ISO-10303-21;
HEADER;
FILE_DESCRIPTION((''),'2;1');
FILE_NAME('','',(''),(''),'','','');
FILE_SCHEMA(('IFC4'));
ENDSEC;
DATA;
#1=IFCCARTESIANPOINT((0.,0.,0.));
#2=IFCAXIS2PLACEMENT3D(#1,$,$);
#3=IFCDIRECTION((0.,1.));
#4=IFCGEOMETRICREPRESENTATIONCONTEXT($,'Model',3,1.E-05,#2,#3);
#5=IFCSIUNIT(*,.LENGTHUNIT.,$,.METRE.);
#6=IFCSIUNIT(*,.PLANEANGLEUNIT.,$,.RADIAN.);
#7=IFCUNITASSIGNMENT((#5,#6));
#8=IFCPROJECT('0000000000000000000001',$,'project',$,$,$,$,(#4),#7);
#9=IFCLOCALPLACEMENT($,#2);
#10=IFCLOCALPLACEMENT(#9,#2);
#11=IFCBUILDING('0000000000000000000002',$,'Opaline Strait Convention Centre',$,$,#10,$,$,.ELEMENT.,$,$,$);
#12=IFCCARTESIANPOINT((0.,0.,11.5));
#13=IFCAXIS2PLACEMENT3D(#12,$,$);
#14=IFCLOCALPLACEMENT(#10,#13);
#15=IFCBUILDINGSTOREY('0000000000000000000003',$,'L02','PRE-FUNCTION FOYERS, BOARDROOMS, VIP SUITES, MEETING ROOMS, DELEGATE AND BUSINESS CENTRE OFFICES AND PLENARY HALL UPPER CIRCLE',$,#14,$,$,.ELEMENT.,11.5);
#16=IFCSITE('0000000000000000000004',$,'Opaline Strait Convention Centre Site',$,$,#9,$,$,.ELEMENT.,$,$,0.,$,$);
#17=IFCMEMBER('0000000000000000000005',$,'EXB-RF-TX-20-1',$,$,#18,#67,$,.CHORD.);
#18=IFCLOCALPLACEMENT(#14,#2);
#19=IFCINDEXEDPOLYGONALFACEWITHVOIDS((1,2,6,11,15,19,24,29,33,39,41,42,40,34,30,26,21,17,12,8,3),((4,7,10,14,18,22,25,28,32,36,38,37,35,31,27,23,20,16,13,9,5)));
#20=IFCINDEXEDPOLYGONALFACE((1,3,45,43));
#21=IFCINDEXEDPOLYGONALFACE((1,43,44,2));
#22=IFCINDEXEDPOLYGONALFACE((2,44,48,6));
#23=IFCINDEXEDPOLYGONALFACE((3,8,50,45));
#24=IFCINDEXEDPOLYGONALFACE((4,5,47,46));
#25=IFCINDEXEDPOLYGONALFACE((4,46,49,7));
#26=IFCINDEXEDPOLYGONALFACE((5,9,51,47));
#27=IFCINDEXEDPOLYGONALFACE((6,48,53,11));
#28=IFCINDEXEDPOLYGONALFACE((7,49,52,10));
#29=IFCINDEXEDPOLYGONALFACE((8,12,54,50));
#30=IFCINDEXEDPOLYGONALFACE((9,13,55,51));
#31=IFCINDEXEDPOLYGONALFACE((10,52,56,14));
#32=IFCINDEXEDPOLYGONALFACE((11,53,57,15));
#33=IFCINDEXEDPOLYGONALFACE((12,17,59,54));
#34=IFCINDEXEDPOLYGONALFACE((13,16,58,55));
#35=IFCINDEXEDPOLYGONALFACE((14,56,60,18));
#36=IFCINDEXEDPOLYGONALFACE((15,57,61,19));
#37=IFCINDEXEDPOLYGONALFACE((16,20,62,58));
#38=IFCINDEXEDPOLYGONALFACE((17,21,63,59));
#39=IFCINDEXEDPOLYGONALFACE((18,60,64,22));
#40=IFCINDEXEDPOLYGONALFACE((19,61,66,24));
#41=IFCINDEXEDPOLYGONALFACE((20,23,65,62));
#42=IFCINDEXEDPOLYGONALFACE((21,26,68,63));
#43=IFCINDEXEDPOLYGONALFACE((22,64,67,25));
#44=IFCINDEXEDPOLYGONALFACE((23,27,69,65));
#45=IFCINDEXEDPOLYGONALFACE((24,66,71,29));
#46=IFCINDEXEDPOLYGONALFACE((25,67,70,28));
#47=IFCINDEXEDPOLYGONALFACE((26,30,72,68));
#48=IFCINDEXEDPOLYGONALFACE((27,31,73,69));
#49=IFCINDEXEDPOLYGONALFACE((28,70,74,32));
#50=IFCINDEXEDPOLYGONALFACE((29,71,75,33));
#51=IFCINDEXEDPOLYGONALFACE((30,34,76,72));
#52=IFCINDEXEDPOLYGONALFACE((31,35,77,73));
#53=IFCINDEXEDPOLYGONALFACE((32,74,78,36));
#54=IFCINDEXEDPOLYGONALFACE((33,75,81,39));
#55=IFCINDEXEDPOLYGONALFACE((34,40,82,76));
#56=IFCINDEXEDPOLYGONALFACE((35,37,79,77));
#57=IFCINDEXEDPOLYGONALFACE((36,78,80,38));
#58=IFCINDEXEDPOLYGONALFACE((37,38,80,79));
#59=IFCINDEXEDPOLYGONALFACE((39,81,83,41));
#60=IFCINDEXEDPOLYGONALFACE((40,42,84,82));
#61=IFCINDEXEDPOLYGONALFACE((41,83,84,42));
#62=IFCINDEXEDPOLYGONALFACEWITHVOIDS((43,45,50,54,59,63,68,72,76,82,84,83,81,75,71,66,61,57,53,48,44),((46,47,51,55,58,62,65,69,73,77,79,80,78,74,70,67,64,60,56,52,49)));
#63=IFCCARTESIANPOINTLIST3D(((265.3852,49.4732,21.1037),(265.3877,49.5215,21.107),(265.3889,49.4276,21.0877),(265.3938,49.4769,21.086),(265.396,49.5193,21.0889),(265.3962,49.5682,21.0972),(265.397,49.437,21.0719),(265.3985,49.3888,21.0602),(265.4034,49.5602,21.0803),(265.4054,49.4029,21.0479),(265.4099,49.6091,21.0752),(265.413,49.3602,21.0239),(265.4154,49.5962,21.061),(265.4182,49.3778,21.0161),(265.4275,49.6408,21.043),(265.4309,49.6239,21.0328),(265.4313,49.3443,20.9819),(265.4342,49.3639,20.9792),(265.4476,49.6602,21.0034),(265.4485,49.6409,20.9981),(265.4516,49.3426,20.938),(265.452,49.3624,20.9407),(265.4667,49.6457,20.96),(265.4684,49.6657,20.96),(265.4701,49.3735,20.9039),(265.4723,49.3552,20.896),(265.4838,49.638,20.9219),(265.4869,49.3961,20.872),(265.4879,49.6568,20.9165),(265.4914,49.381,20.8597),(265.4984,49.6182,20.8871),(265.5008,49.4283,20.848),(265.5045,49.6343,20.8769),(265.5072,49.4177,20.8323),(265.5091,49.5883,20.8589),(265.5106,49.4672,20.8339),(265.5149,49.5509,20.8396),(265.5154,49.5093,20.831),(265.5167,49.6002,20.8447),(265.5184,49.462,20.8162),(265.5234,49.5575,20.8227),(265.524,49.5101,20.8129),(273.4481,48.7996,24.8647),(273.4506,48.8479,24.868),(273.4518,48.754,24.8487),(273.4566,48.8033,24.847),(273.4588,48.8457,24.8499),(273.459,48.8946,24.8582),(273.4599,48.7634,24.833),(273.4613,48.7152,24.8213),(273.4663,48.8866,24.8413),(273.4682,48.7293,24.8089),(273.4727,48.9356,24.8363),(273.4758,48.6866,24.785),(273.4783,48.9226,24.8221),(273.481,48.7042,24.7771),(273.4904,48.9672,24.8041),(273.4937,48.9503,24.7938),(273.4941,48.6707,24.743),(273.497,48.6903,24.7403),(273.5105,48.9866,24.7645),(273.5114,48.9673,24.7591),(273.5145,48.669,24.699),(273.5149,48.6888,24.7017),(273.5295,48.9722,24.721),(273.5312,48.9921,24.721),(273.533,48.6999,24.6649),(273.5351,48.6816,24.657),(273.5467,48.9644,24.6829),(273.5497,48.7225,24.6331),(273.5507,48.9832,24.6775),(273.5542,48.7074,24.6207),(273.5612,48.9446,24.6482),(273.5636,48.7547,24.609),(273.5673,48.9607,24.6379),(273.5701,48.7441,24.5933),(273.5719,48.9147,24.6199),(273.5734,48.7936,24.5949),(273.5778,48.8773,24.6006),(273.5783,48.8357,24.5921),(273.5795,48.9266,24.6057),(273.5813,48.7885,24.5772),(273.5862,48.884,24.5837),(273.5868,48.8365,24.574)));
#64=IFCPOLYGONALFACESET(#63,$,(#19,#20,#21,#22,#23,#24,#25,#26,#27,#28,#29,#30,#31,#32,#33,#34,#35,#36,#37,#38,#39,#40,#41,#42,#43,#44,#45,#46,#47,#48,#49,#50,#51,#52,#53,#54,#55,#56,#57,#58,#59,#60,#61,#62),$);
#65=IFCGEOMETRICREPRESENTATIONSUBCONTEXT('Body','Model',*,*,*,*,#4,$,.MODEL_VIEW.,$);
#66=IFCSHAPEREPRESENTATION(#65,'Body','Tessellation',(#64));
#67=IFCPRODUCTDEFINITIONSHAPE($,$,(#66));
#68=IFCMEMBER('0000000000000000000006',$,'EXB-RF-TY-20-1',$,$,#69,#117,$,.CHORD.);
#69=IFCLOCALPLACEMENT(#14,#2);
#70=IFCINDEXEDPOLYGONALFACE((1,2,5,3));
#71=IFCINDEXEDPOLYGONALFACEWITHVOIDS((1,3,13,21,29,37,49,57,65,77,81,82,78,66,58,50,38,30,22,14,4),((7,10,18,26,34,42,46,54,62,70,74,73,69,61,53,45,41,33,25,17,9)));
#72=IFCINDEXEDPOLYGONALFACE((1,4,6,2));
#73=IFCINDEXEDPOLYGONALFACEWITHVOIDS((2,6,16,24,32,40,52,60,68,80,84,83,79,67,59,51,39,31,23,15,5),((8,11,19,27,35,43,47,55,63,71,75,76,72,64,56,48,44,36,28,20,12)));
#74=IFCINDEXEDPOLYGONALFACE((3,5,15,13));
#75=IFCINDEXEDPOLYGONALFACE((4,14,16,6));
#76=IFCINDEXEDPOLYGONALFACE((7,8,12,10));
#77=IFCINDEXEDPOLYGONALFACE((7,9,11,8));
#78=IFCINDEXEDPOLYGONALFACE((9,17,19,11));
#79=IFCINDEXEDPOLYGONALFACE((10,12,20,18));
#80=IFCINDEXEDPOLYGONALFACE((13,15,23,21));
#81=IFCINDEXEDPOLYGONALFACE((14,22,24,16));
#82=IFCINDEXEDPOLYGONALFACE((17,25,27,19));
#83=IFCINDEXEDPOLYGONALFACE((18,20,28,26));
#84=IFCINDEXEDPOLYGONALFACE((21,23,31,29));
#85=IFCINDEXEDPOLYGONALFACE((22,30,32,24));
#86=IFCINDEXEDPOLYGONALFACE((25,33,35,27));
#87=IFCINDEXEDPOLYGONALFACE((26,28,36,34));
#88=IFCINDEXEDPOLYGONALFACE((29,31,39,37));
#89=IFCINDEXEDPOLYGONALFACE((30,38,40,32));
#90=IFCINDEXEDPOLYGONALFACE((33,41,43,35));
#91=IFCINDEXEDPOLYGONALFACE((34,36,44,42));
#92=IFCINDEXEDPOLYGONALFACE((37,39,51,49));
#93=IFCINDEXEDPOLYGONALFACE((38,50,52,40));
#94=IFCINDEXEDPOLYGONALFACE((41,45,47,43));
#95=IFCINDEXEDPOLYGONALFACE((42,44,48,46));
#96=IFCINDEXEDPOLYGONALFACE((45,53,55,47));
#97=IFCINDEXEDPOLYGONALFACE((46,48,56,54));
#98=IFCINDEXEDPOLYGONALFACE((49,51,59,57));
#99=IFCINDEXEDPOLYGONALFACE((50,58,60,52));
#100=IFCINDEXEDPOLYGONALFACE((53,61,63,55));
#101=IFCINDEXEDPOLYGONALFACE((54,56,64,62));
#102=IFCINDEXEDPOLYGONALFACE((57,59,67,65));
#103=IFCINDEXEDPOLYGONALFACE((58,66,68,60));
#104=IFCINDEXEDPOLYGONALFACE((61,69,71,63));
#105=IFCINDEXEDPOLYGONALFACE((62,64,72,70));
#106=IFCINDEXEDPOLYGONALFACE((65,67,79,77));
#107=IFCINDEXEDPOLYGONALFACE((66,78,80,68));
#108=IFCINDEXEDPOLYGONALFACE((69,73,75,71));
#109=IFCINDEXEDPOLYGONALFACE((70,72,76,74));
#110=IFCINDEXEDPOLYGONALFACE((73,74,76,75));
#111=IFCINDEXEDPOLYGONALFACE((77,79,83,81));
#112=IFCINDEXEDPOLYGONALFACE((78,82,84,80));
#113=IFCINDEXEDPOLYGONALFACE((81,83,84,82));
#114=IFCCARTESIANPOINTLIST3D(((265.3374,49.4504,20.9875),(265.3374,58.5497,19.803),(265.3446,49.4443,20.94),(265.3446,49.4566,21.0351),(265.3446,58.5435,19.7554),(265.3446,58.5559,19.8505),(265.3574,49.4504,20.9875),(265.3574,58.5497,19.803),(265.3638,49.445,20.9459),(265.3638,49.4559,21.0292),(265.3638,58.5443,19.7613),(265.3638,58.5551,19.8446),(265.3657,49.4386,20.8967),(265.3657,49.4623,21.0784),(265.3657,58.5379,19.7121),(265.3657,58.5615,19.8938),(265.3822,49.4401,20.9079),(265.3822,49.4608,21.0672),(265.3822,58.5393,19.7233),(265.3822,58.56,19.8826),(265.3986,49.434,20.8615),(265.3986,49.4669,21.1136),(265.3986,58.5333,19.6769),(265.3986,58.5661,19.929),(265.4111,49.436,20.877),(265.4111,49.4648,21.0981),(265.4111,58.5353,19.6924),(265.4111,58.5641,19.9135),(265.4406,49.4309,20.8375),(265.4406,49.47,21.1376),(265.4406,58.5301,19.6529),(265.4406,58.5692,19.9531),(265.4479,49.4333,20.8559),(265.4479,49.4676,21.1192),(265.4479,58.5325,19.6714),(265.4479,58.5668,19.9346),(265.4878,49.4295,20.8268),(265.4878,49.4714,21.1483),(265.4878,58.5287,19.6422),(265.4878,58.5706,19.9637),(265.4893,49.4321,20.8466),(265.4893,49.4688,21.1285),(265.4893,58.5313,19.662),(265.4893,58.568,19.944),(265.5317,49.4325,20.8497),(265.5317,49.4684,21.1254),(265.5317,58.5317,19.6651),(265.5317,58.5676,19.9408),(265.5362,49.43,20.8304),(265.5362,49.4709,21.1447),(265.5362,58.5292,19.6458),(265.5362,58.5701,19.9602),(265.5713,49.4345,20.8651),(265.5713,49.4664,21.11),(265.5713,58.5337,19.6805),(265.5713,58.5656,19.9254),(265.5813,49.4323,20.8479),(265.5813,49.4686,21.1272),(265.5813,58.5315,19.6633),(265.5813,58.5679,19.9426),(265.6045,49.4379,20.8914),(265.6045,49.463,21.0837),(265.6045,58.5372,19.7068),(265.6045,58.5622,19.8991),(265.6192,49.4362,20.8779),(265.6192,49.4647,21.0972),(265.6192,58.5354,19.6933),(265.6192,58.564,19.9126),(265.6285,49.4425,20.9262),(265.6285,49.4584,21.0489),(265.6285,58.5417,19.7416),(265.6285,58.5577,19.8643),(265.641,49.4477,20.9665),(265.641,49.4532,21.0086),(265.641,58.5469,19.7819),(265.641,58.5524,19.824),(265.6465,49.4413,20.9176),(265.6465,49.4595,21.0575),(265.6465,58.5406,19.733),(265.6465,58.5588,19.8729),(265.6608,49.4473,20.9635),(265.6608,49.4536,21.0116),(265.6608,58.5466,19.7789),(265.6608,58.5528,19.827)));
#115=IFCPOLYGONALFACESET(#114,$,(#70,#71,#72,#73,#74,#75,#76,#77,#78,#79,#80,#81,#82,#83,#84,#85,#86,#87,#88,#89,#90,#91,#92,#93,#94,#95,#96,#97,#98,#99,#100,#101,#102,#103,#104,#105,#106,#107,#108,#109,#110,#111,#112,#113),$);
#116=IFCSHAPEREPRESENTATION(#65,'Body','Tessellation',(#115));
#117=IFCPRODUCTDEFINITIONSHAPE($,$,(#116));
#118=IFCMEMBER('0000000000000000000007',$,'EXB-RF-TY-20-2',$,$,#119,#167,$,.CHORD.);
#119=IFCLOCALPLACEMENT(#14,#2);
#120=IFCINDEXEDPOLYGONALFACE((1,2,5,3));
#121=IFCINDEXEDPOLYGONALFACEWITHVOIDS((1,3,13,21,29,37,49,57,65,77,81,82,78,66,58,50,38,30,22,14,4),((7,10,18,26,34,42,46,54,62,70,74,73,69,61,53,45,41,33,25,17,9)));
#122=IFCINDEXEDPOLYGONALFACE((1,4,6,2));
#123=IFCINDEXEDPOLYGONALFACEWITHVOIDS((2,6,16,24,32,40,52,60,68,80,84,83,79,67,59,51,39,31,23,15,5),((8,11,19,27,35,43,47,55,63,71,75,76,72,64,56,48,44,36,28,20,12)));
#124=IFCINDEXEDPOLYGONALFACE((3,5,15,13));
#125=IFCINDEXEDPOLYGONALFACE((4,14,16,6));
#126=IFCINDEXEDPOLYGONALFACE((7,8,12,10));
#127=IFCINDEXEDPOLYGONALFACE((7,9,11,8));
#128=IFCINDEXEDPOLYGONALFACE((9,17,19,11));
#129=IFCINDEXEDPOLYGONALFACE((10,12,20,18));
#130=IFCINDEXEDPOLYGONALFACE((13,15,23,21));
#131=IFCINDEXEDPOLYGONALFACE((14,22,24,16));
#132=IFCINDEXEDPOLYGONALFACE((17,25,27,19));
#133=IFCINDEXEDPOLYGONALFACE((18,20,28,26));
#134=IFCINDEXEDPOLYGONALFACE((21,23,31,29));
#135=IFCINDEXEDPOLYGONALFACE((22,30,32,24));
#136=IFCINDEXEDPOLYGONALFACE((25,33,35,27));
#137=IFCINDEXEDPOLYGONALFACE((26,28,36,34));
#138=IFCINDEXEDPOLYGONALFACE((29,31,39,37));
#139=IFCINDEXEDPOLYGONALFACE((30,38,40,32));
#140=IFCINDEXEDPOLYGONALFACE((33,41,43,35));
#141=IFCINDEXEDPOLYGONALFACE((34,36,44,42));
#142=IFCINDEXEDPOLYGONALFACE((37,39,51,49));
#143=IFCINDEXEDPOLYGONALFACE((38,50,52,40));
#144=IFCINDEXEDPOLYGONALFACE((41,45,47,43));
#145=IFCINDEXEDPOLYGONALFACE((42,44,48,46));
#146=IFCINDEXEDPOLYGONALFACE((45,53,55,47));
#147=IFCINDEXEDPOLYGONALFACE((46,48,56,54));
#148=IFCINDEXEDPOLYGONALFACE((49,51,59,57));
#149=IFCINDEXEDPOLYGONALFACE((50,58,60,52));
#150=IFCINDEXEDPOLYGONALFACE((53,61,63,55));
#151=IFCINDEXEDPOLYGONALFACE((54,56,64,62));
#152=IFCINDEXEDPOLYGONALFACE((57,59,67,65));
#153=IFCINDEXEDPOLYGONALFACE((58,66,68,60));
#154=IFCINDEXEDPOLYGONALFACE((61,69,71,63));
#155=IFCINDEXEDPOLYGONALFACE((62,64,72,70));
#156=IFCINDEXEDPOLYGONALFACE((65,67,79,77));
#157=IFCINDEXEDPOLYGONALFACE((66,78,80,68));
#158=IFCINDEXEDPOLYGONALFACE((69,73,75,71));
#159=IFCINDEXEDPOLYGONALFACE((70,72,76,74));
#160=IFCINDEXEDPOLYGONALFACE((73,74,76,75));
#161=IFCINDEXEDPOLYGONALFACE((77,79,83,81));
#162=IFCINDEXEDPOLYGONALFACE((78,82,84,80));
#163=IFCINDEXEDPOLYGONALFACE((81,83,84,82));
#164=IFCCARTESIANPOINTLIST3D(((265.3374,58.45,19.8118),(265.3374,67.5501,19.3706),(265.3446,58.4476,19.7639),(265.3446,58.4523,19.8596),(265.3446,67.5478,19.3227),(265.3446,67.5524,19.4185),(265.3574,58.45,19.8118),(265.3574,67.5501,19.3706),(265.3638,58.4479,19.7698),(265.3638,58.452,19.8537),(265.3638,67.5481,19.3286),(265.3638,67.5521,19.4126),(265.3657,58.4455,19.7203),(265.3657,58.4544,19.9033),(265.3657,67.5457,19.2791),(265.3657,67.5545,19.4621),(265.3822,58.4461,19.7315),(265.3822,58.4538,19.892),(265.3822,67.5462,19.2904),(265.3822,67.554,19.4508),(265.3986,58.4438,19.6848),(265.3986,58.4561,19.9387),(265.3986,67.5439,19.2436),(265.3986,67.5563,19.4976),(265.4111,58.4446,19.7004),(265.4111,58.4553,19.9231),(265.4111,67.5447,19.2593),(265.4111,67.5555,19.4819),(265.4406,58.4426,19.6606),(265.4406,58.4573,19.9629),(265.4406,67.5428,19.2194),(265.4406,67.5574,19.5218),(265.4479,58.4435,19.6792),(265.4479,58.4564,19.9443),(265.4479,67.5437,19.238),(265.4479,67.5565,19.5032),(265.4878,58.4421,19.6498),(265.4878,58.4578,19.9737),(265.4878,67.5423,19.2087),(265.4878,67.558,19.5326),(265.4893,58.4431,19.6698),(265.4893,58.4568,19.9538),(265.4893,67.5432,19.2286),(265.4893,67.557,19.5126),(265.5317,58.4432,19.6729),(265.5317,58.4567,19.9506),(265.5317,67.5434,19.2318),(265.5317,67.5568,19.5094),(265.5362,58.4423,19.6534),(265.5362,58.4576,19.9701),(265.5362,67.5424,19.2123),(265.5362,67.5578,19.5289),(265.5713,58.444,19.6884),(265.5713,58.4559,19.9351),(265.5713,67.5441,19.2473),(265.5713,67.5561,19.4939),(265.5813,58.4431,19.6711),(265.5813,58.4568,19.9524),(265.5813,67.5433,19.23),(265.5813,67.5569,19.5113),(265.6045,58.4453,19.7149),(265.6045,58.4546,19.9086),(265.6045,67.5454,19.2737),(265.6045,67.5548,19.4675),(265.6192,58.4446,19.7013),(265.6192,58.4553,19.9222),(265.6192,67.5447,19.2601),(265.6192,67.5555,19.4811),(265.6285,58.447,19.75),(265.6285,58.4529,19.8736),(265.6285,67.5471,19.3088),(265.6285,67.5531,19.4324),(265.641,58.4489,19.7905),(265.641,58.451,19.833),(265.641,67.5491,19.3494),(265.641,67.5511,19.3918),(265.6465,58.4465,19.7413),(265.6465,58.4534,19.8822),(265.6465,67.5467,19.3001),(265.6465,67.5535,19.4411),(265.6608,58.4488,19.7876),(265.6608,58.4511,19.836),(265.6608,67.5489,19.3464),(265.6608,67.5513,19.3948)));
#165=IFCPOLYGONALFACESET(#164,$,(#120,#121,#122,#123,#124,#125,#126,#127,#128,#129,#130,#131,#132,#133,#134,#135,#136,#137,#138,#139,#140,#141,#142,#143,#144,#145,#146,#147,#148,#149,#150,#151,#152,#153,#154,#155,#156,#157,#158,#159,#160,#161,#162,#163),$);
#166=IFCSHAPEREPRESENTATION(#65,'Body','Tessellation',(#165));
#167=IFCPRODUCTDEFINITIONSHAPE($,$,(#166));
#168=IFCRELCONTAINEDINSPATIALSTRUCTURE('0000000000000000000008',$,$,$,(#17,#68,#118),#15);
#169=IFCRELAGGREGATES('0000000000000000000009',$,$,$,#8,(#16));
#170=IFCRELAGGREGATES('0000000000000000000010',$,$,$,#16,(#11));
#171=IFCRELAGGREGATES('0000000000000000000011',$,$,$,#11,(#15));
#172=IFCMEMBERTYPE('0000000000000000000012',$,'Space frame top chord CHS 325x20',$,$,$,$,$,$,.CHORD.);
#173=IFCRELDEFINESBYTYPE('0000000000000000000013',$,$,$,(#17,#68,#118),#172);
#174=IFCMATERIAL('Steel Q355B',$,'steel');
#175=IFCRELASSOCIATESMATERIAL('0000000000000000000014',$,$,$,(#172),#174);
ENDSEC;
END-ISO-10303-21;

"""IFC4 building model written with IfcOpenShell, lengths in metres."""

from ifc_helpers import new_model, si_unit, direction, frame, origin, origin_2d, place, context, subcontext, project, spatial, hollow_circle, extrude, material, material_profile, profile_set, type_object, element, save


model = new_model("IFC4")

# Units and contexts
model_context = context("Model", 3, precision=1e-05, world=origin(), true_north=direction((0.0, 1.0)))
body_context = subcontext(model_context, "Body", "Model", "MODEL_VIEW")
ifc_project = project(units=[si_unit("LENGTHUNIT", "METRE"), si_unit("PLANEANGLEUNIT", "RADIAN")], contexts=[model_context])

# Site, building, storey
site_placement = place(None, origin())
site = spatial("IfcSite", under=ifc_project, at=site_placement, Name="Opaline Strait Convention Centre Site", CompositionType="ELEMENT", RefElevation=0.0)
building_placement = place(site_placement, origin())
building = spatial("IfcBuilding", under=site, at=building_placement, Name="Opaline Strait Convention Centre", CompositionType="ELEMENT")
storey_placement = place(building_placement, frame((0.0, 0.0, 11.5)))
storey = spatial("IfcBuildingStorey", under=building, at=storey_placement, Name="L02", Description="PRE-FUNCTION FOYERS, BOARDROOMS, VIP SUITES, MEETING ROOMS, DELEGATE AND BUSINESS CENTRE OFFICES AND PLENARY HALL UPPER CIRCLE", CompositionType="ELEMENT", Elevation=11.5)

# Members
ifc_material_1 = material(Name="Steel Q355B", Category="steel")
ifc_material_profile_1 = material_profile(ifc_material_1, hollow_circle(Radius=0.1626, WallThickness=0.02, at=origin_2d()), Name="CHS 325x20")
ifc_profile_set_1 = profile_set([ifc_material_profile_1], Name="Steel Q355B")
member_type_1 = type_object("IfcMemberType", Name="Space frame top chord CHS 325x20", PredefinedType="CHORD", material=ifc_profile_set_1)
member_1_placement = place(storey_placement, frame((265.4548, 49.5037, 20.96), z_axis=(0.903667, -0.075495, 0.421529), x_axis=(0.083253, 0.996528, 0.0)))
element("IfcMember", 1, at=member_1_placement, inside=storey, type_object=member_type_1, Name="EXB-RF-TX-20-1", PredefinedType="CHORD", context=body_context, shape_type="SweptSolid", body=[
    extrude(hollow_circle(Radius=0.1626, WallThickness=0.02, at=origin_2d()), origin(), (0.0, 0.0, 1.0), 8.9224),
])
member_2_placement = place(storey_placement, frame((265.5, 49.4504, 20.9875), z_axis=(0.0, 0.991632, -0.129096), x_axis=(-1.0, 0.0, 0.0)))
element("IfcMember", 2, at=member_2_placement, inside=storey, type_object=member_type_1, Name="EXB-RF-TY-20-1", PredefinedType="CHORD", context=body_context, shape_type="SweptSolid", body=[
    extrude(hollow_circle(Radius=0.1626, WallThickness=0.02, at=origin_2d()), origin(), (0.0, 0.0, 1.0), 9.176),
])
member_3_placement = place(storey_placement, frame((265.5, 58.45, 19.8118), z_axis=(0.0, 0.998827, -0.048422), x_axis=(-1.0, 0.0, 0.0)))
element("IfcMember", 3, at=member_3_placement, inside=storey, type_object=member_type_1, Name="EXB-RF-TY-20-2", PredefinedType="CHORD", context=body_context, shape_type="SweptSolid", body=[
    extrude(hollow_circle(Radius=0.1626, WallThickness=0.02, at=origin_2d()), origin(), (0.0, 0.0, 1.0), 9.1108),
])

save(model, "model.ifc")
